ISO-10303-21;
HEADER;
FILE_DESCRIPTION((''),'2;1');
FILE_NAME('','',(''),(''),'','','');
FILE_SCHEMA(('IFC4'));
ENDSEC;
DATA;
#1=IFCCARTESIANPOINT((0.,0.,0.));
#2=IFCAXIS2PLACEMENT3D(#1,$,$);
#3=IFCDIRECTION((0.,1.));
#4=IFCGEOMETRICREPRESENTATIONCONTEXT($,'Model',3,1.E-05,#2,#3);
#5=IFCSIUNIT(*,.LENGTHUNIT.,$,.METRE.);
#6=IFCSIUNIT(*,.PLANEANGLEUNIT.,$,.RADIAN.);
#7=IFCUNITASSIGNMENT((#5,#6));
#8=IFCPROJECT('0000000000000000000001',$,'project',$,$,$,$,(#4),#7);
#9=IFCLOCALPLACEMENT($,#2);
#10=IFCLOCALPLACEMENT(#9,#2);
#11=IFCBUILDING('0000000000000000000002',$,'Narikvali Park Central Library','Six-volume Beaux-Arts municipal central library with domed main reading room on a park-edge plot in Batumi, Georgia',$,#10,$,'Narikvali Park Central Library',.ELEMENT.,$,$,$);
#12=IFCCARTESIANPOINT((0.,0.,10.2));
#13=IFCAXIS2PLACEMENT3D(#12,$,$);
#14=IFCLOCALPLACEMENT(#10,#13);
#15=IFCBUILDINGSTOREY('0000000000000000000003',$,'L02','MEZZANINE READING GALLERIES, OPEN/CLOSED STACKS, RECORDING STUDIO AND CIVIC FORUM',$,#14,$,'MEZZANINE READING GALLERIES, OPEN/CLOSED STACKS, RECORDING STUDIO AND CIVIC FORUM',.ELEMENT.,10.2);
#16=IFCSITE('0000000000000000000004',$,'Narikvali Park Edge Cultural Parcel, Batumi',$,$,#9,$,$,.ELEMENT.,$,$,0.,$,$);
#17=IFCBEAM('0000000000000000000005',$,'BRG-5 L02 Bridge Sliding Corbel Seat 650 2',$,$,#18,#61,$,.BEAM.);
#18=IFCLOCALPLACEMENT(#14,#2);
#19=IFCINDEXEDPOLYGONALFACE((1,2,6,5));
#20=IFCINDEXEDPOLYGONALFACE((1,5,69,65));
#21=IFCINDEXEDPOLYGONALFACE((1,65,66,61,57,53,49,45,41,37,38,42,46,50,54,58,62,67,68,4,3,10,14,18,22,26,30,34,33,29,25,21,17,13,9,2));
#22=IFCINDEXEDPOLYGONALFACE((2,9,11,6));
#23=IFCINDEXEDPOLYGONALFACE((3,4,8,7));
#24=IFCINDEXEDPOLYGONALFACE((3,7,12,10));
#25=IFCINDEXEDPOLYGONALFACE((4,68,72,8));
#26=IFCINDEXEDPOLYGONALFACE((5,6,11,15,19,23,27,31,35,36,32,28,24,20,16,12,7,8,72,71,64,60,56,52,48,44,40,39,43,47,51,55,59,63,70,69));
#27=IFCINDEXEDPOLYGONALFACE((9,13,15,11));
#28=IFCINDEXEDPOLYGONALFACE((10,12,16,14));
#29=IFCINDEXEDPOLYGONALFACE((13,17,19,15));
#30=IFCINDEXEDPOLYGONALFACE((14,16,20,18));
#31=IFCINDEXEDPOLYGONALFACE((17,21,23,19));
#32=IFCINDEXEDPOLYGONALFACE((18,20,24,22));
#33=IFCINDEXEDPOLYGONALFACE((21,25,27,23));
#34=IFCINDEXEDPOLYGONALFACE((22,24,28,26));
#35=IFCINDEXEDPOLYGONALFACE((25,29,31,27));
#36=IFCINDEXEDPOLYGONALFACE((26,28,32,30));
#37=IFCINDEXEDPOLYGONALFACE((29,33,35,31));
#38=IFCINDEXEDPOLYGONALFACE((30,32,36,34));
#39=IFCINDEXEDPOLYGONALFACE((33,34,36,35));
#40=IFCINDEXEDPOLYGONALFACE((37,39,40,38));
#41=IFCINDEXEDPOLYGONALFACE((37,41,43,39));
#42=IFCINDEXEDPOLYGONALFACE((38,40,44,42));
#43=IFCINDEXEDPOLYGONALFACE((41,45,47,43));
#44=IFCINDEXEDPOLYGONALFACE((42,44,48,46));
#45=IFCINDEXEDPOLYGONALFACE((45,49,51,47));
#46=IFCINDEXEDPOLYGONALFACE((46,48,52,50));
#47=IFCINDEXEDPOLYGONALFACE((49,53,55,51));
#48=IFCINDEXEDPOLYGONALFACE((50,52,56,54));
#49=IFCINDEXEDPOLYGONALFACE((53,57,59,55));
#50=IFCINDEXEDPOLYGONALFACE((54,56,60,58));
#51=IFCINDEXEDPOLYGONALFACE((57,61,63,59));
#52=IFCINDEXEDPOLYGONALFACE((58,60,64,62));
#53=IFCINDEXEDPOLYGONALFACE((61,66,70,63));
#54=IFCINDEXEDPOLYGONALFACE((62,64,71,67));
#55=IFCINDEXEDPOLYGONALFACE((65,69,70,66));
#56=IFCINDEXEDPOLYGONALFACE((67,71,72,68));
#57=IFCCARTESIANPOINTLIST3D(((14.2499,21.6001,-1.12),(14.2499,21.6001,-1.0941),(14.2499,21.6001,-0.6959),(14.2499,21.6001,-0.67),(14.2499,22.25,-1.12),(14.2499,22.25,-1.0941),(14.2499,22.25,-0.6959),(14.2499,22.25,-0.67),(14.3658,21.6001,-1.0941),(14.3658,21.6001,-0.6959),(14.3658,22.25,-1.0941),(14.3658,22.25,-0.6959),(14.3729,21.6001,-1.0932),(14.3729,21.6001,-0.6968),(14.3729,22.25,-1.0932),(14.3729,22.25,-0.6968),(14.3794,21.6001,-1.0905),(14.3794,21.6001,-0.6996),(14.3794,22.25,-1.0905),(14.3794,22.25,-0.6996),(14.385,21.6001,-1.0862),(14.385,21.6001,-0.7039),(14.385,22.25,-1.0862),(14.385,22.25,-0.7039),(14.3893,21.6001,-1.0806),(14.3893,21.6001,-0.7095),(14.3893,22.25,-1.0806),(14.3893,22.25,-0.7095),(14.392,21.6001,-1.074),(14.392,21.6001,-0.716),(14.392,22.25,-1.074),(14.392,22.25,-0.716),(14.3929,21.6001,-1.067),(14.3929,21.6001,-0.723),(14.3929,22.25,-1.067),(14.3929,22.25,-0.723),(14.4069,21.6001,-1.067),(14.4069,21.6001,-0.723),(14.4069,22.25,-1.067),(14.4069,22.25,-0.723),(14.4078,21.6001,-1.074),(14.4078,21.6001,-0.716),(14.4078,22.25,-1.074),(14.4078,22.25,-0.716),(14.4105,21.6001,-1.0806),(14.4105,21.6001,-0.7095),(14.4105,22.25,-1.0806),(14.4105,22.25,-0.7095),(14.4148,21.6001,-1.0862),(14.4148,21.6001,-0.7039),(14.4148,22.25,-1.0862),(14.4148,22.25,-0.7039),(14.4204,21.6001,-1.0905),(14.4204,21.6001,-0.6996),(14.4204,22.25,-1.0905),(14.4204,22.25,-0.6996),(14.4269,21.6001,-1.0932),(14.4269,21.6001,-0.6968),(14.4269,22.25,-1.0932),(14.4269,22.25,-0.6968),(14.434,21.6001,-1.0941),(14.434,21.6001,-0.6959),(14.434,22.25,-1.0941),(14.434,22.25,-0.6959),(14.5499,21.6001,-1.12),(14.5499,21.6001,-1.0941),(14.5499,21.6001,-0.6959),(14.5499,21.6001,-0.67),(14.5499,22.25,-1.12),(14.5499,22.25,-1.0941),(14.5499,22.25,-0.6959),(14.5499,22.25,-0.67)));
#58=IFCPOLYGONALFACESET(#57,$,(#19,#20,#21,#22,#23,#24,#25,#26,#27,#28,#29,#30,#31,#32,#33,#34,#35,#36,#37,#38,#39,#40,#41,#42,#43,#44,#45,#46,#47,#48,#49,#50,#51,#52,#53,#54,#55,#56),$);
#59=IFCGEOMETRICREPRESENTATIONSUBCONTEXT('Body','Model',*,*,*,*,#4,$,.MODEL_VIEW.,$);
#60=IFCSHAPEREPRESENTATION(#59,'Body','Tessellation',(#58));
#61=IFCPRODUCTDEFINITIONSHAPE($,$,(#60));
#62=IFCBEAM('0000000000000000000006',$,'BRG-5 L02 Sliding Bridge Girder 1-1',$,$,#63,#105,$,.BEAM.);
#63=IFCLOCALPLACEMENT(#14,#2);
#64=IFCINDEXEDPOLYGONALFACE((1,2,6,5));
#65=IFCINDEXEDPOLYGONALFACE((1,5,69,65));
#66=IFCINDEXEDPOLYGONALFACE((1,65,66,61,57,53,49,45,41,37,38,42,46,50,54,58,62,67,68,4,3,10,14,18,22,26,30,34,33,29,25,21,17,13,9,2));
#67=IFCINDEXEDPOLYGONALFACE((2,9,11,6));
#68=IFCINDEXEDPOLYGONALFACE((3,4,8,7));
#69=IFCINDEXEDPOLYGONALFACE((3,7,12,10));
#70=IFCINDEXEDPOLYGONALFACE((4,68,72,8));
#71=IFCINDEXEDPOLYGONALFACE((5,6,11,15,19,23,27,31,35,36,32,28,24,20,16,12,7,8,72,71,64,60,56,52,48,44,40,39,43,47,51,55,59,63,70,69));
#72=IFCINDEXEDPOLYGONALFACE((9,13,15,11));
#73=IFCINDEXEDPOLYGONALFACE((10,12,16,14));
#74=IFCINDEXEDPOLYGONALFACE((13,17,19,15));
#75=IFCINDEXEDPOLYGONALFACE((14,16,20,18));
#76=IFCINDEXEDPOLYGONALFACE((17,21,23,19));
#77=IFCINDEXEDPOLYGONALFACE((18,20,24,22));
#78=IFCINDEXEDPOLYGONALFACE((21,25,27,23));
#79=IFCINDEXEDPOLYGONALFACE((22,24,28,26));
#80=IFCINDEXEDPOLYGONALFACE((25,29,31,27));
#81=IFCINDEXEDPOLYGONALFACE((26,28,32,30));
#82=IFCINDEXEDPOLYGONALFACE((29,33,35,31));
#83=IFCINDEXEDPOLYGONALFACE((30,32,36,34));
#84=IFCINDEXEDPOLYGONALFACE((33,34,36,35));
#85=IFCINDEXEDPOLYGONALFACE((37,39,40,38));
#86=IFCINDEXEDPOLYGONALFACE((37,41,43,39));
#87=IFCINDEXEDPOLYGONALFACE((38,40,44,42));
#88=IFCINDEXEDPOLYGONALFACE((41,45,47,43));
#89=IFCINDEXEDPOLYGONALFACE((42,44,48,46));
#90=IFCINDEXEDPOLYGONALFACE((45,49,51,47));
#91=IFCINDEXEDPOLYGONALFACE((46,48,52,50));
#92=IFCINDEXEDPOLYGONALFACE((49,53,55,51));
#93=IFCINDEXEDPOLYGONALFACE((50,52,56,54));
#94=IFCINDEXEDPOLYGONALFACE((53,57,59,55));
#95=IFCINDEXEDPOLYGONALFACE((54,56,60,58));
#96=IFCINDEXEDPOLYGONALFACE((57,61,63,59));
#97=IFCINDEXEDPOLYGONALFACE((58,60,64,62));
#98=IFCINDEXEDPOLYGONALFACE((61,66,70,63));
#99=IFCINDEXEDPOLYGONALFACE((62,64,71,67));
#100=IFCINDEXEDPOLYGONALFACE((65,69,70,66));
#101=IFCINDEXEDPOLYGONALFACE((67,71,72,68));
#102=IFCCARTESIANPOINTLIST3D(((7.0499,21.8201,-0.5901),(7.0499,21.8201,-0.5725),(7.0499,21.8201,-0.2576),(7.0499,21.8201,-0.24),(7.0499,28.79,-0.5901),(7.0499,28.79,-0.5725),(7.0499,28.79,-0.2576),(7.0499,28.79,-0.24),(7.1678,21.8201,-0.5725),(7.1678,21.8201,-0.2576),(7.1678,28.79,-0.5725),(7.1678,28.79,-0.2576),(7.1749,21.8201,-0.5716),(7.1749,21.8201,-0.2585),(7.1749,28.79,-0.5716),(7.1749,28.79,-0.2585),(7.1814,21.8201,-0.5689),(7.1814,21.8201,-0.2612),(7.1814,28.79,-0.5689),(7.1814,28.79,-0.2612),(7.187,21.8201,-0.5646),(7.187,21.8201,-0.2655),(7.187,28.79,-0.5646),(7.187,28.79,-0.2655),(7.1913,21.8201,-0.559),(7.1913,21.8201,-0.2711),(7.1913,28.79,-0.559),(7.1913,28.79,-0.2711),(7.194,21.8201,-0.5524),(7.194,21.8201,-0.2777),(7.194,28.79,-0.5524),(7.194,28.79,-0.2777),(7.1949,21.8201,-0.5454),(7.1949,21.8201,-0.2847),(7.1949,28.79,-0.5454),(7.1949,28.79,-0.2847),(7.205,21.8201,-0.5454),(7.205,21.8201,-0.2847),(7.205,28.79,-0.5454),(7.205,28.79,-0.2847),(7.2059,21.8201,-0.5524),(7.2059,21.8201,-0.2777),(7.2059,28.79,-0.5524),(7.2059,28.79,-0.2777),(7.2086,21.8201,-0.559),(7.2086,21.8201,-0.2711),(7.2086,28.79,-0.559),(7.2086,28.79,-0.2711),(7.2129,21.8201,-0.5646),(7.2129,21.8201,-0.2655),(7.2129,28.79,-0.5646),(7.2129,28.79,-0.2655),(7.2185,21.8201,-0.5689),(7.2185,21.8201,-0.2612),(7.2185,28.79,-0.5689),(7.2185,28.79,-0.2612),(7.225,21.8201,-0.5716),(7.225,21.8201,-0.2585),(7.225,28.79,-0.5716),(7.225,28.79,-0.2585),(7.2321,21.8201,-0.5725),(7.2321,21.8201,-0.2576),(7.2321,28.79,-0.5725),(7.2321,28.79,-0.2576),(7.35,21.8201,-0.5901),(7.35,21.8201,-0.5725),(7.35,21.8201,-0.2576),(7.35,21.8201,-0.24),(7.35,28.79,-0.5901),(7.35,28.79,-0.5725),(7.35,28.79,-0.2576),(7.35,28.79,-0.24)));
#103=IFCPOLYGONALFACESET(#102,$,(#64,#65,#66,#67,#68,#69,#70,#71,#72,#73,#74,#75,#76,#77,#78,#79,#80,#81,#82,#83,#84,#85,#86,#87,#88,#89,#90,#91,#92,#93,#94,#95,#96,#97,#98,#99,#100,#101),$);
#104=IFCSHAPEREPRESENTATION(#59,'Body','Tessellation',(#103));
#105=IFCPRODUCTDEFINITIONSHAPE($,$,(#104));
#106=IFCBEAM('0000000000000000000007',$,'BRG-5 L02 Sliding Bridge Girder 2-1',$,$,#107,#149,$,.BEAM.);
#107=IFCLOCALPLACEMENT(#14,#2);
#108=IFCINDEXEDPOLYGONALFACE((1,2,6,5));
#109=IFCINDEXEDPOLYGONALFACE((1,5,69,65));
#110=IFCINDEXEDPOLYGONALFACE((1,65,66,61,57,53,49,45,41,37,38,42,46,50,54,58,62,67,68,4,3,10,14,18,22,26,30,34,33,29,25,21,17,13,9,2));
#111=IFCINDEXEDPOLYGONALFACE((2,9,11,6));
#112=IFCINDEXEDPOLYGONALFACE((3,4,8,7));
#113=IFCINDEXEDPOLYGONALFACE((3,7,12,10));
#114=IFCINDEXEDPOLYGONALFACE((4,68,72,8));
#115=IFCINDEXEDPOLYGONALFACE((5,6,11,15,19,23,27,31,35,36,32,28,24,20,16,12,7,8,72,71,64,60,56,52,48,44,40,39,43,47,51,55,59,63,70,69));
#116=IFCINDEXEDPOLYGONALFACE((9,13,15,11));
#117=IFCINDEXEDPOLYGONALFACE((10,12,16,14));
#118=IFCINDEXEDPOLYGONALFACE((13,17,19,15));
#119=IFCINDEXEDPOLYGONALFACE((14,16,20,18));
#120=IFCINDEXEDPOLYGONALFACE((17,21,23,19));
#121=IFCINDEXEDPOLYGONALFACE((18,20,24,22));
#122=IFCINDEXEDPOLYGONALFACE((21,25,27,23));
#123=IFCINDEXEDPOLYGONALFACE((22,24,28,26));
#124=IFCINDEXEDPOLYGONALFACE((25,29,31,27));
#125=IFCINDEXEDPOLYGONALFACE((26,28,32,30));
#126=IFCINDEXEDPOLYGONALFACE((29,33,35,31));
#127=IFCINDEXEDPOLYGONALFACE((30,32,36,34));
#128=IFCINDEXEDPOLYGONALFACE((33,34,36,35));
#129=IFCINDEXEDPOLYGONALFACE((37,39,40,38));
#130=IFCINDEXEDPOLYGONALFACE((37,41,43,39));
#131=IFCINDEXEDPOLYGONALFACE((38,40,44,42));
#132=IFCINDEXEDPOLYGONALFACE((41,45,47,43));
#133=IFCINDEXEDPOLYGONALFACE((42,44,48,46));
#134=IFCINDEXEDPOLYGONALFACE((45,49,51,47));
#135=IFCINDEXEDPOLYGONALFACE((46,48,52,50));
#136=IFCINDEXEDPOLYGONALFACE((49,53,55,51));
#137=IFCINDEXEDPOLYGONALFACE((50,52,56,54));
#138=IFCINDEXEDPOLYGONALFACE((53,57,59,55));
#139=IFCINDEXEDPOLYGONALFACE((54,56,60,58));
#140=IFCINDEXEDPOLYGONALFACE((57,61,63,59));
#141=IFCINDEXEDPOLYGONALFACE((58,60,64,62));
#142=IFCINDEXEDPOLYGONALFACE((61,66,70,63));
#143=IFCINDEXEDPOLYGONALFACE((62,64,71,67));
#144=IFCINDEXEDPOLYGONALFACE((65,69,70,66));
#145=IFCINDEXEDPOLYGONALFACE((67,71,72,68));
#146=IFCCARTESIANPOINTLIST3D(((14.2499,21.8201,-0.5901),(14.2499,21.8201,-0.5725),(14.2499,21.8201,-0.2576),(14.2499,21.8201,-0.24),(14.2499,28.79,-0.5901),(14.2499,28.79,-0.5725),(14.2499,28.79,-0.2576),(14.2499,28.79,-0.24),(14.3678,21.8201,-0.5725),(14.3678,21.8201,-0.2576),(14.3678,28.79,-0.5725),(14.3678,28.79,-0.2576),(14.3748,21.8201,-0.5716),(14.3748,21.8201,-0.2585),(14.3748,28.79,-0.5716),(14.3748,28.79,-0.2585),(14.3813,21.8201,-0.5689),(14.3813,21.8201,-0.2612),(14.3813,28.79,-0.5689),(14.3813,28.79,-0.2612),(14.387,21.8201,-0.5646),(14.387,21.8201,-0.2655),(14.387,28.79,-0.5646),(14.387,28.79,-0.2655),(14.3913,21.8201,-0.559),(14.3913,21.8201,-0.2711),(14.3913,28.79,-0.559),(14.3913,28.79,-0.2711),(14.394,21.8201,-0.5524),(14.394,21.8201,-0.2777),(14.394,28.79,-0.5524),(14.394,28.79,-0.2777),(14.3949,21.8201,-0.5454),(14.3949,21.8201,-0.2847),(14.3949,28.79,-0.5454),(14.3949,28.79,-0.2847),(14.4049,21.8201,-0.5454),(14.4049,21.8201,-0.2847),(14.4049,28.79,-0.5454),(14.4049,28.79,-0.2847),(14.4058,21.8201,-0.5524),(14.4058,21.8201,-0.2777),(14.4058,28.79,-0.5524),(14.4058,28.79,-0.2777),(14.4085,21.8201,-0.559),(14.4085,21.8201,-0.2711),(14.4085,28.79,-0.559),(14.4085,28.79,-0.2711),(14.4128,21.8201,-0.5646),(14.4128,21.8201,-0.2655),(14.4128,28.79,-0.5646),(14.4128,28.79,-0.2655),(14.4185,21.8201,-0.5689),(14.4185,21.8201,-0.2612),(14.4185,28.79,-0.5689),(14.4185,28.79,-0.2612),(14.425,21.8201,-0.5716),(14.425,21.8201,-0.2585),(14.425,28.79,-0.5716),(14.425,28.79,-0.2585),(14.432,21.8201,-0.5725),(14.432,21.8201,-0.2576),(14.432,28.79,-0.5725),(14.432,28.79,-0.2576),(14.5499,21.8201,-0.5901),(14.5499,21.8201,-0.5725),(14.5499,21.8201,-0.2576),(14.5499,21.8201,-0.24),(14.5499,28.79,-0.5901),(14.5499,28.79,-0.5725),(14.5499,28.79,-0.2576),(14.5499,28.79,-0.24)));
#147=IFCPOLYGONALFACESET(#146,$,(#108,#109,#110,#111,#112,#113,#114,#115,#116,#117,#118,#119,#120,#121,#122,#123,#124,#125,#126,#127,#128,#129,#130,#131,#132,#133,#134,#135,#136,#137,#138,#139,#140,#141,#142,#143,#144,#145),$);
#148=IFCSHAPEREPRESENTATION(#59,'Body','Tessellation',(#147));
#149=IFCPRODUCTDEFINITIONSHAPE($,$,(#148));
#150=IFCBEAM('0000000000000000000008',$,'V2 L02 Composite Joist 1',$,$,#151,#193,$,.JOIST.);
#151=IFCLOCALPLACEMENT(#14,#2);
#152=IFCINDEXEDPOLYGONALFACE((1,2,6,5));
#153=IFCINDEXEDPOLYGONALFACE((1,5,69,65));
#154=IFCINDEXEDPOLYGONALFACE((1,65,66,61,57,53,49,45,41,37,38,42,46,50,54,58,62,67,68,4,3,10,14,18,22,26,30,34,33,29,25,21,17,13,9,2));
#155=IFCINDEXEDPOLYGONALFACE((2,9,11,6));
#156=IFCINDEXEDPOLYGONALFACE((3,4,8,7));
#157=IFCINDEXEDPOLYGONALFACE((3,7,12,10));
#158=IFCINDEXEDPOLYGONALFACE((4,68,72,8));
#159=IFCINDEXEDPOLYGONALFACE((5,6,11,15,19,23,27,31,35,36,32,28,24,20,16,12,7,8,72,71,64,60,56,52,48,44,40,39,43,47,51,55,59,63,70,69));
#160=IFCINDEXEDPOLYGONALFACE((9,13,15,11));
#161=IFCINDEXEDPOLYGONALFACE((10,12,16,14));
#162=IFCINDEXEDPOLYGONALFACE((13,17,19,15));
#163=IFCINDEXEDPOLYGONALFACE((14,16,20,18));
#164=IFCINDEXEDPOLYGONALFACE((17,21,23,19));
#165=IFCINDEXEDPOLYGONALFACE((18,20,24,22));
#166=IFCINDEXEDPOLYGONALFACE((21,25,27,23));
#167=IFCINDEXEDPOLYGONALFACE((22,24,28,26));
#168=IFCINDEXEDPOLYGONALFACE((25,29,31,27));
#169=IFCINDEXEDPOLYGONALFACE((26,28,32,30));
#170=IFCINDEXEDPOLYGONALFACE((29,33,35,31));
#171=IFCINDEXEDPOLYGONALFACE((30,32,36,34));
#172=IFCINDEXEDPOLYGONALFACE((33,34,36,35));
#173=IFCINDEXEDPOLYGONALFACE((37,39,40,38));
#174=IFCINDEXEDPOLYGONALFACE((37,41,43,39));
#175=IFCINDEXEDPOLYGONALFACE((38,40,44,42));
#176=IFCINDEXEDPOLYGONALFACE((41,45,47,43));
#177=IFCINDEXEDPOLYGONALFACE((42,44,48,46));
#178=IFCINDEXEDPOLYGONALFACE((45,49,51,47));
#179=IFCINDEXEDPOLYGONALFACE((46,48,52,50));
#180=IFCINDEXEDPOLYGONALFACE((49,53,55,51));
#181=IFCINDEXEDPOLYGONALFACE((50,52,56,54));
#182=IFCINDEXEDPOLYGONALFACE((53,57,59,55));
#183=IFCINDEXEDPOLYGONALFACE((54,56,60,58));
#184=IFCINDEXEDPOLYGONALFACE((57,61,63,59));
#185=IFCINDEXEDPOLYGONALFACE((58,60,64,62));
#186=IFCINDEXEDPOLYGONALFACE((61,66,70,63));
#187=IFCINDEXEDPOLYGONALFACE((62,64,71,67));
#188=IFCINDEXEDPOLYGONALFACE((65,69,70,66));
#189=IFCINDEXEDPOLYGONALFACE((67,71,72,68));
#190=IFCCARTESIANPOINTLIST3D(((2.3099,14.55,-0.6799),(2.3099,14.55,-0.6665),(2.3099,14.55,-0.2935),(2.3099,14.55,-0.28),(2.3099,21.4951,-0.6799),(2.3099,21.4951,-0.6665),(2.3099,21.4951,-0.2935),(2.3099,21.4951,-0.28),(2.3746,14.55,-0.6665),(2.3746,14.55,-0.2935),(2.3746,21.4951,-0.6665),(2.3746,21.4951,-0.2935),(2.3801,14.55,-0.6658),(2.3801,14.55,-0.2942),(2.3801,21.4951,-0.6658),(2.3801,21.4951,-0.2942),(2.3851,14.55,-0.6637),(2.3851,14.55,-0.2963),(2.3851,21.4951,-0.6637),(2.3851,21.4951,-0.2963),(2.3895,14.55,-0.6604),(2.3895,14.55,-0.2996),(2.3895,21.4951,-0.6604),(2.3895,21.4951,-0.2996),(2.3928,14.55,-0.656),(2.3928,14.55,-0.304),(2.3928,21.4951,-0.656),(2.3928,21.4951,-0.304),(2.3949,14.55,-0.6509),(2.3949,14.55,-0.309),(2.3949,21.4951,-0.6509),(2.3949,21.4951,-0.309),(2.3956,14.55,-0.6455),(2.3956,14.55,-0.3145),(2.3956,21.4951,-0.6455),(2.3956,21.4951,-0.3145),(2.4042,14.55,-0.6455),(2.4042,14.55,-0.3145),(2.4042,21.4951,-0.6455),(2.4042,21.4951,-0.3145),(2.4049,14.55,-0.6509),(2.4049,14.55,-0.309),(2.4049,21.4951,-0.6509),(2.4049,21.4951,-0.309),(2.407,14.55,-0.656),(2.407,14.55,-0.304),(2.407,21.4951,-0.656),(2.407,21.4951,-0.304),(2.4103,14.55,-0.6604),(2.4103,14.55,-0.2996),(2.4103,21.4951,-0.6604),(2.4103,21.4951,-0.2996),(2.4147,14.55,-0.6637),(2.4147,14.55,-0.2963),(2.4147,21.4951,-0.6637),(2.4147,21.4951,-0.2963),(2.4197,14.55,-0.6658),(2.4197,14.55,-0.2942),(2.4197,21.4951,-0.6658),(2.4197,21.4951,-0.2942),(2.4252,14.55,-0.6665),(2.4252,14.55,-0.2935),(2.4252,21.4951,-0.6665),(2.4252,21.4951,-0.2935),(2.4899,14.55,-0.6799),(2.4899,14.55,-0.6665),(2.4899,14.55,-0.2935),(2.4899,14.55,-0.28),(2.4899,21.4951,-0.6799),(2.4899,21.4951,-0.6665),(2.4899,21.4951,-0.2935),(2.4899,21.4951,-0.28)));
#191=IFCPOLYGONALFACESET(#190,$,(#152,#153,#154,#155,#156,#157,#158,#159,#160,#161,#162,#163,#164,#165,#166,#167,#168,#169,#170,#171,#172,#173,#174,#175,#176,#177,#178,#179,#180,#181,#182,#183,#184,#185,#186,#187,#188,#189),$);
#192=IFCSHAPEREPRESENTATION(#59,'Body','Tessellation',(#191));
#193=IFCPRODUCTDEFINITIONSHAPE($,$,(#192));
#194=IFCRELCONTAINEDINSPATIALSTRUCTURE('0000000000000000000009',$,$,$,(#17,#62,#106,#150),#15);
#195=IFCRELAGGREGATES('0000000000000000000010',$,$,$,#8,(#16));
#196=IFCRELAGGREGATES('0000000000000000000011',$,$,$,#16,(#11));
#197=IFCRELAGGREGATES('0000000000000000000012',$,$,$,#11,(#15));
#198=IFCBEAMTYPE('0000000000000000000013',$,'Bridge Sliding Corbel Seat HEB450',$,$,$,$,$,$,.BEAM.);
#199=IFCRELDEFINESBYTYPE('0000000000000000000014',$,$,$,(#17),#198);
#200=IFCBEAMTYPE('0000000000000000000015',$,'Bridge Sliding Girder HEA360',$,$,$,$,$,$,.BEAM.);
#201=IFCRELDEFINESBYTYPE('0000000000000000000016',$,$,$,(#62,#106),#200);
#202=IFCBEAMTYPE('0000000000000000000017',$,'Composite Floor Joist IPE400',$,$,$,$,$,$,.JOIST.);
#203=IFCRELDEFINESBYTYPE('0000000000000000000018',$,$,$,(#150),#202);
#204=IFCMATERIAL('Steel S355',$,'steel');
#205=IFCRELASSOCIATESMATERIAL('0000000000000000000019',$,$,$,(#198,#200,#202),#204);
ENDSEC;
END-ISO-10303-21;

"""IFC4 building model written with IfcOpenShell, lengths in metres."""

from ifc_helpers import new_model, si_unit, direction, frame, origin, origin_2d, place, context, subcontext, project, spatial, i_section, extrude, material, material_profile, profile_set, type_object, element, save


model = new_model("IFC4")

# Units and contexts
model_context = context("Model", 3, precision=1e-05, world=origin(), true_north=direction((0.0, 1.0)))
body_context = subcontext(model_context, "Body", "Model", "MODEL_VIEW")
ifc_project = project(units=[si_unit("LENGTHUNIT", "METRE"), si_unit("PLANEANGLEUNIT", "RADIAN")], contexts=[model_context])

# Site, building, storey
site_placement = place(None, origin())
site = spatial("IfcSite", under=ifc_project, at=site_placement, Name="Narikvali Park Edge Cultural Parcel, Batumi", CompositionType="ELEMENT", RefElevation=0.0)
building_placement = place(site_placement, origin())
building = spatial("IfcBuilding", under=site, at=building_placement, Name="Narikvali Park Central Library", Description="Six-volume Beaux-Arts municipal central library with domed main reading room on a park-edge plot in Batumi, Georgia", LongName="Narikvali Park Central Library", CompositionType="ELEMENT")
storey_placement = place(building_placement, frame((0.0, 0.0, 10.2)))
storey = spatial("IfcBuildingStorey", under=building, at=storey_placement, Name="L02", Description="MEZZANINE READING GALLERIES, OPEN/CLOSED STACKS, RECORDING STUDIO AND CIVIC FORUM", LongName="MEZZANINE READING GALLERIES, OPEN/CLOSED STACKS, RECORDING STUDIO AND CIVIC FORUM", CompositionType="ELEMENT", Elevation=10.2)

# Shared definitions
ifc_material_1 = material(Name="Steel S355", Category="steel")

# Beams
ifc_material_profile_1 = material_profile(ifc_material_1, i_section(OverallWidth=0.3, OverallDepth=0.45, WebThickness=0.0139, FlangeThickness=0.0259, FilletRadius=0.0271, at=origin_2d()), Name="HEB 450")
ifc_profile_set_1 = profile_set([ifc_material_profile_1], Name="Steel S355")
beam_type_1 = type_object("IfcBeamType", Name="Bridge Sliding Corbel Seat HEB450", PredefinedType="BEAM", material=ifc_profile_set_1)
for number, where, z_axis, x_axis, name in (
    (1, (14.3999, 21.6001, -0.895), (0.0, 1.0, 0.0), (-1.0, 0.0, 0.0), "BRG-5 L02 Bridge Sliding Corbel Seat 650 2"),
):
    element("IfcBeam", number, at=place(storey_placement, frame(where, z_axis=z_axis, x_axis=x_axis)), inside=storey, type_object=beam_type_1, Name=name, PredefinedType="BEAM", context=body_context, shape_type="SweptSolid", body=[
        extrude(i_section(OverallWidth=0.3, OverallDepth=0.45, WebThickness=0.0139, FlangeThickness=0.0259, FilletRadius=0.0271, at=origin_2d()), origin(), (0.0, 0.0, 1.0), 0.6499),
    ])
ifc_material_profile_2 = material_profile(ifc_material_1, i_section(OverallWidth=0.3, OverallDepth=0.3501, WebThickness=0.01, FlangeThickness=0.0176, FilletRadius=0.0271, at=origin_2d()), Name="HEA 360")
ifc_profile_set_2 = profile_set([ifc_material_profile_2], Name="Steel S355")
beam_type_2 = type_object("IfcBeamType", Name="Bridge Sliding Girder HEA360", PredefinedType="BEAM", material=ifc_profile_set_2)
for number, where, z_axis, x_axis, name in (
    (2, (7.2, 21.8201, -0.415), (0.0, 1.0, 0.0), (-1.0, 0.0, 0.0), "BRG-5 L02 Sliding Bridge Girder 1-1"),
    (3, (14.3999, 21.8201, -0.415), (0.0, 1.0, 0.0), (-1.0, 0.0, 0.0), "BRG-5 L02 Sliding Bridge Girder 2-1"),
):
    element("IfcBeam", number, at=place(storey_placement, frame(where, z_axis=z_axis, x_axis=x_axis)), inside=storey, type_object=beam_type_2, Name=name, PredefinedType="BEAM", context=body_context, shape_type="SweptSolid", body=[
        extrude(i_section(OverallWidth=0.3, OverallDepth=0.3501, WebThickness=0.01, FlangeThickness=0.0176, FilletRadius=0.0271, at=origin_2d()), origin(), (0.0, 0.0, 1.0), 6.97),
    ])
ifc_material_profile_3 = material_profile(ifc_material_1, i_section(OverallWidth=0.1799, OverallDepth=0.3999, WebThickness=0.0085, FlangeThickness=0.0134, FilletRadius=0.021, at=origin_2d()), Name="IPE 400")
ifc_profile_set_3 = profile_set([ifc_material_profile_3], Name="Steel S355")
beam_type_3 = type_object("IfcBeamType", Name="Composite Floor Joist IPE400", PredefinedType="JOIST", material=ifc_profile_set_3)
for number, where, z_axis, x_axis, name in (
    (4, (2.3999, 14.55, -0.48), (0.0, 1.0, 0.0), (-1.0, 0.0, 0.0), "V2 L02 Composite Joist 1"),
):
    element("IfcBeam", number, at=place(storey_placement, frame(where, z_axis=z_axis, x_axis=x_axis)), inside=storey, type_object=beam_type_3, Name=name, PredefinedType="JOIST", context=body_context, shape_type="SweptSolid", body=[
        extrude(i_section(OverallWidth=0.1799, OverallDepth=0.3999, WebThickness=0.0085, FlangeThickness=0.0134, FilletRadius=0.021, at=origin_2d()), origin(), (0.0, 0.0, 1.0), 6.9451),
    ])

save(model, "model.ifc")
